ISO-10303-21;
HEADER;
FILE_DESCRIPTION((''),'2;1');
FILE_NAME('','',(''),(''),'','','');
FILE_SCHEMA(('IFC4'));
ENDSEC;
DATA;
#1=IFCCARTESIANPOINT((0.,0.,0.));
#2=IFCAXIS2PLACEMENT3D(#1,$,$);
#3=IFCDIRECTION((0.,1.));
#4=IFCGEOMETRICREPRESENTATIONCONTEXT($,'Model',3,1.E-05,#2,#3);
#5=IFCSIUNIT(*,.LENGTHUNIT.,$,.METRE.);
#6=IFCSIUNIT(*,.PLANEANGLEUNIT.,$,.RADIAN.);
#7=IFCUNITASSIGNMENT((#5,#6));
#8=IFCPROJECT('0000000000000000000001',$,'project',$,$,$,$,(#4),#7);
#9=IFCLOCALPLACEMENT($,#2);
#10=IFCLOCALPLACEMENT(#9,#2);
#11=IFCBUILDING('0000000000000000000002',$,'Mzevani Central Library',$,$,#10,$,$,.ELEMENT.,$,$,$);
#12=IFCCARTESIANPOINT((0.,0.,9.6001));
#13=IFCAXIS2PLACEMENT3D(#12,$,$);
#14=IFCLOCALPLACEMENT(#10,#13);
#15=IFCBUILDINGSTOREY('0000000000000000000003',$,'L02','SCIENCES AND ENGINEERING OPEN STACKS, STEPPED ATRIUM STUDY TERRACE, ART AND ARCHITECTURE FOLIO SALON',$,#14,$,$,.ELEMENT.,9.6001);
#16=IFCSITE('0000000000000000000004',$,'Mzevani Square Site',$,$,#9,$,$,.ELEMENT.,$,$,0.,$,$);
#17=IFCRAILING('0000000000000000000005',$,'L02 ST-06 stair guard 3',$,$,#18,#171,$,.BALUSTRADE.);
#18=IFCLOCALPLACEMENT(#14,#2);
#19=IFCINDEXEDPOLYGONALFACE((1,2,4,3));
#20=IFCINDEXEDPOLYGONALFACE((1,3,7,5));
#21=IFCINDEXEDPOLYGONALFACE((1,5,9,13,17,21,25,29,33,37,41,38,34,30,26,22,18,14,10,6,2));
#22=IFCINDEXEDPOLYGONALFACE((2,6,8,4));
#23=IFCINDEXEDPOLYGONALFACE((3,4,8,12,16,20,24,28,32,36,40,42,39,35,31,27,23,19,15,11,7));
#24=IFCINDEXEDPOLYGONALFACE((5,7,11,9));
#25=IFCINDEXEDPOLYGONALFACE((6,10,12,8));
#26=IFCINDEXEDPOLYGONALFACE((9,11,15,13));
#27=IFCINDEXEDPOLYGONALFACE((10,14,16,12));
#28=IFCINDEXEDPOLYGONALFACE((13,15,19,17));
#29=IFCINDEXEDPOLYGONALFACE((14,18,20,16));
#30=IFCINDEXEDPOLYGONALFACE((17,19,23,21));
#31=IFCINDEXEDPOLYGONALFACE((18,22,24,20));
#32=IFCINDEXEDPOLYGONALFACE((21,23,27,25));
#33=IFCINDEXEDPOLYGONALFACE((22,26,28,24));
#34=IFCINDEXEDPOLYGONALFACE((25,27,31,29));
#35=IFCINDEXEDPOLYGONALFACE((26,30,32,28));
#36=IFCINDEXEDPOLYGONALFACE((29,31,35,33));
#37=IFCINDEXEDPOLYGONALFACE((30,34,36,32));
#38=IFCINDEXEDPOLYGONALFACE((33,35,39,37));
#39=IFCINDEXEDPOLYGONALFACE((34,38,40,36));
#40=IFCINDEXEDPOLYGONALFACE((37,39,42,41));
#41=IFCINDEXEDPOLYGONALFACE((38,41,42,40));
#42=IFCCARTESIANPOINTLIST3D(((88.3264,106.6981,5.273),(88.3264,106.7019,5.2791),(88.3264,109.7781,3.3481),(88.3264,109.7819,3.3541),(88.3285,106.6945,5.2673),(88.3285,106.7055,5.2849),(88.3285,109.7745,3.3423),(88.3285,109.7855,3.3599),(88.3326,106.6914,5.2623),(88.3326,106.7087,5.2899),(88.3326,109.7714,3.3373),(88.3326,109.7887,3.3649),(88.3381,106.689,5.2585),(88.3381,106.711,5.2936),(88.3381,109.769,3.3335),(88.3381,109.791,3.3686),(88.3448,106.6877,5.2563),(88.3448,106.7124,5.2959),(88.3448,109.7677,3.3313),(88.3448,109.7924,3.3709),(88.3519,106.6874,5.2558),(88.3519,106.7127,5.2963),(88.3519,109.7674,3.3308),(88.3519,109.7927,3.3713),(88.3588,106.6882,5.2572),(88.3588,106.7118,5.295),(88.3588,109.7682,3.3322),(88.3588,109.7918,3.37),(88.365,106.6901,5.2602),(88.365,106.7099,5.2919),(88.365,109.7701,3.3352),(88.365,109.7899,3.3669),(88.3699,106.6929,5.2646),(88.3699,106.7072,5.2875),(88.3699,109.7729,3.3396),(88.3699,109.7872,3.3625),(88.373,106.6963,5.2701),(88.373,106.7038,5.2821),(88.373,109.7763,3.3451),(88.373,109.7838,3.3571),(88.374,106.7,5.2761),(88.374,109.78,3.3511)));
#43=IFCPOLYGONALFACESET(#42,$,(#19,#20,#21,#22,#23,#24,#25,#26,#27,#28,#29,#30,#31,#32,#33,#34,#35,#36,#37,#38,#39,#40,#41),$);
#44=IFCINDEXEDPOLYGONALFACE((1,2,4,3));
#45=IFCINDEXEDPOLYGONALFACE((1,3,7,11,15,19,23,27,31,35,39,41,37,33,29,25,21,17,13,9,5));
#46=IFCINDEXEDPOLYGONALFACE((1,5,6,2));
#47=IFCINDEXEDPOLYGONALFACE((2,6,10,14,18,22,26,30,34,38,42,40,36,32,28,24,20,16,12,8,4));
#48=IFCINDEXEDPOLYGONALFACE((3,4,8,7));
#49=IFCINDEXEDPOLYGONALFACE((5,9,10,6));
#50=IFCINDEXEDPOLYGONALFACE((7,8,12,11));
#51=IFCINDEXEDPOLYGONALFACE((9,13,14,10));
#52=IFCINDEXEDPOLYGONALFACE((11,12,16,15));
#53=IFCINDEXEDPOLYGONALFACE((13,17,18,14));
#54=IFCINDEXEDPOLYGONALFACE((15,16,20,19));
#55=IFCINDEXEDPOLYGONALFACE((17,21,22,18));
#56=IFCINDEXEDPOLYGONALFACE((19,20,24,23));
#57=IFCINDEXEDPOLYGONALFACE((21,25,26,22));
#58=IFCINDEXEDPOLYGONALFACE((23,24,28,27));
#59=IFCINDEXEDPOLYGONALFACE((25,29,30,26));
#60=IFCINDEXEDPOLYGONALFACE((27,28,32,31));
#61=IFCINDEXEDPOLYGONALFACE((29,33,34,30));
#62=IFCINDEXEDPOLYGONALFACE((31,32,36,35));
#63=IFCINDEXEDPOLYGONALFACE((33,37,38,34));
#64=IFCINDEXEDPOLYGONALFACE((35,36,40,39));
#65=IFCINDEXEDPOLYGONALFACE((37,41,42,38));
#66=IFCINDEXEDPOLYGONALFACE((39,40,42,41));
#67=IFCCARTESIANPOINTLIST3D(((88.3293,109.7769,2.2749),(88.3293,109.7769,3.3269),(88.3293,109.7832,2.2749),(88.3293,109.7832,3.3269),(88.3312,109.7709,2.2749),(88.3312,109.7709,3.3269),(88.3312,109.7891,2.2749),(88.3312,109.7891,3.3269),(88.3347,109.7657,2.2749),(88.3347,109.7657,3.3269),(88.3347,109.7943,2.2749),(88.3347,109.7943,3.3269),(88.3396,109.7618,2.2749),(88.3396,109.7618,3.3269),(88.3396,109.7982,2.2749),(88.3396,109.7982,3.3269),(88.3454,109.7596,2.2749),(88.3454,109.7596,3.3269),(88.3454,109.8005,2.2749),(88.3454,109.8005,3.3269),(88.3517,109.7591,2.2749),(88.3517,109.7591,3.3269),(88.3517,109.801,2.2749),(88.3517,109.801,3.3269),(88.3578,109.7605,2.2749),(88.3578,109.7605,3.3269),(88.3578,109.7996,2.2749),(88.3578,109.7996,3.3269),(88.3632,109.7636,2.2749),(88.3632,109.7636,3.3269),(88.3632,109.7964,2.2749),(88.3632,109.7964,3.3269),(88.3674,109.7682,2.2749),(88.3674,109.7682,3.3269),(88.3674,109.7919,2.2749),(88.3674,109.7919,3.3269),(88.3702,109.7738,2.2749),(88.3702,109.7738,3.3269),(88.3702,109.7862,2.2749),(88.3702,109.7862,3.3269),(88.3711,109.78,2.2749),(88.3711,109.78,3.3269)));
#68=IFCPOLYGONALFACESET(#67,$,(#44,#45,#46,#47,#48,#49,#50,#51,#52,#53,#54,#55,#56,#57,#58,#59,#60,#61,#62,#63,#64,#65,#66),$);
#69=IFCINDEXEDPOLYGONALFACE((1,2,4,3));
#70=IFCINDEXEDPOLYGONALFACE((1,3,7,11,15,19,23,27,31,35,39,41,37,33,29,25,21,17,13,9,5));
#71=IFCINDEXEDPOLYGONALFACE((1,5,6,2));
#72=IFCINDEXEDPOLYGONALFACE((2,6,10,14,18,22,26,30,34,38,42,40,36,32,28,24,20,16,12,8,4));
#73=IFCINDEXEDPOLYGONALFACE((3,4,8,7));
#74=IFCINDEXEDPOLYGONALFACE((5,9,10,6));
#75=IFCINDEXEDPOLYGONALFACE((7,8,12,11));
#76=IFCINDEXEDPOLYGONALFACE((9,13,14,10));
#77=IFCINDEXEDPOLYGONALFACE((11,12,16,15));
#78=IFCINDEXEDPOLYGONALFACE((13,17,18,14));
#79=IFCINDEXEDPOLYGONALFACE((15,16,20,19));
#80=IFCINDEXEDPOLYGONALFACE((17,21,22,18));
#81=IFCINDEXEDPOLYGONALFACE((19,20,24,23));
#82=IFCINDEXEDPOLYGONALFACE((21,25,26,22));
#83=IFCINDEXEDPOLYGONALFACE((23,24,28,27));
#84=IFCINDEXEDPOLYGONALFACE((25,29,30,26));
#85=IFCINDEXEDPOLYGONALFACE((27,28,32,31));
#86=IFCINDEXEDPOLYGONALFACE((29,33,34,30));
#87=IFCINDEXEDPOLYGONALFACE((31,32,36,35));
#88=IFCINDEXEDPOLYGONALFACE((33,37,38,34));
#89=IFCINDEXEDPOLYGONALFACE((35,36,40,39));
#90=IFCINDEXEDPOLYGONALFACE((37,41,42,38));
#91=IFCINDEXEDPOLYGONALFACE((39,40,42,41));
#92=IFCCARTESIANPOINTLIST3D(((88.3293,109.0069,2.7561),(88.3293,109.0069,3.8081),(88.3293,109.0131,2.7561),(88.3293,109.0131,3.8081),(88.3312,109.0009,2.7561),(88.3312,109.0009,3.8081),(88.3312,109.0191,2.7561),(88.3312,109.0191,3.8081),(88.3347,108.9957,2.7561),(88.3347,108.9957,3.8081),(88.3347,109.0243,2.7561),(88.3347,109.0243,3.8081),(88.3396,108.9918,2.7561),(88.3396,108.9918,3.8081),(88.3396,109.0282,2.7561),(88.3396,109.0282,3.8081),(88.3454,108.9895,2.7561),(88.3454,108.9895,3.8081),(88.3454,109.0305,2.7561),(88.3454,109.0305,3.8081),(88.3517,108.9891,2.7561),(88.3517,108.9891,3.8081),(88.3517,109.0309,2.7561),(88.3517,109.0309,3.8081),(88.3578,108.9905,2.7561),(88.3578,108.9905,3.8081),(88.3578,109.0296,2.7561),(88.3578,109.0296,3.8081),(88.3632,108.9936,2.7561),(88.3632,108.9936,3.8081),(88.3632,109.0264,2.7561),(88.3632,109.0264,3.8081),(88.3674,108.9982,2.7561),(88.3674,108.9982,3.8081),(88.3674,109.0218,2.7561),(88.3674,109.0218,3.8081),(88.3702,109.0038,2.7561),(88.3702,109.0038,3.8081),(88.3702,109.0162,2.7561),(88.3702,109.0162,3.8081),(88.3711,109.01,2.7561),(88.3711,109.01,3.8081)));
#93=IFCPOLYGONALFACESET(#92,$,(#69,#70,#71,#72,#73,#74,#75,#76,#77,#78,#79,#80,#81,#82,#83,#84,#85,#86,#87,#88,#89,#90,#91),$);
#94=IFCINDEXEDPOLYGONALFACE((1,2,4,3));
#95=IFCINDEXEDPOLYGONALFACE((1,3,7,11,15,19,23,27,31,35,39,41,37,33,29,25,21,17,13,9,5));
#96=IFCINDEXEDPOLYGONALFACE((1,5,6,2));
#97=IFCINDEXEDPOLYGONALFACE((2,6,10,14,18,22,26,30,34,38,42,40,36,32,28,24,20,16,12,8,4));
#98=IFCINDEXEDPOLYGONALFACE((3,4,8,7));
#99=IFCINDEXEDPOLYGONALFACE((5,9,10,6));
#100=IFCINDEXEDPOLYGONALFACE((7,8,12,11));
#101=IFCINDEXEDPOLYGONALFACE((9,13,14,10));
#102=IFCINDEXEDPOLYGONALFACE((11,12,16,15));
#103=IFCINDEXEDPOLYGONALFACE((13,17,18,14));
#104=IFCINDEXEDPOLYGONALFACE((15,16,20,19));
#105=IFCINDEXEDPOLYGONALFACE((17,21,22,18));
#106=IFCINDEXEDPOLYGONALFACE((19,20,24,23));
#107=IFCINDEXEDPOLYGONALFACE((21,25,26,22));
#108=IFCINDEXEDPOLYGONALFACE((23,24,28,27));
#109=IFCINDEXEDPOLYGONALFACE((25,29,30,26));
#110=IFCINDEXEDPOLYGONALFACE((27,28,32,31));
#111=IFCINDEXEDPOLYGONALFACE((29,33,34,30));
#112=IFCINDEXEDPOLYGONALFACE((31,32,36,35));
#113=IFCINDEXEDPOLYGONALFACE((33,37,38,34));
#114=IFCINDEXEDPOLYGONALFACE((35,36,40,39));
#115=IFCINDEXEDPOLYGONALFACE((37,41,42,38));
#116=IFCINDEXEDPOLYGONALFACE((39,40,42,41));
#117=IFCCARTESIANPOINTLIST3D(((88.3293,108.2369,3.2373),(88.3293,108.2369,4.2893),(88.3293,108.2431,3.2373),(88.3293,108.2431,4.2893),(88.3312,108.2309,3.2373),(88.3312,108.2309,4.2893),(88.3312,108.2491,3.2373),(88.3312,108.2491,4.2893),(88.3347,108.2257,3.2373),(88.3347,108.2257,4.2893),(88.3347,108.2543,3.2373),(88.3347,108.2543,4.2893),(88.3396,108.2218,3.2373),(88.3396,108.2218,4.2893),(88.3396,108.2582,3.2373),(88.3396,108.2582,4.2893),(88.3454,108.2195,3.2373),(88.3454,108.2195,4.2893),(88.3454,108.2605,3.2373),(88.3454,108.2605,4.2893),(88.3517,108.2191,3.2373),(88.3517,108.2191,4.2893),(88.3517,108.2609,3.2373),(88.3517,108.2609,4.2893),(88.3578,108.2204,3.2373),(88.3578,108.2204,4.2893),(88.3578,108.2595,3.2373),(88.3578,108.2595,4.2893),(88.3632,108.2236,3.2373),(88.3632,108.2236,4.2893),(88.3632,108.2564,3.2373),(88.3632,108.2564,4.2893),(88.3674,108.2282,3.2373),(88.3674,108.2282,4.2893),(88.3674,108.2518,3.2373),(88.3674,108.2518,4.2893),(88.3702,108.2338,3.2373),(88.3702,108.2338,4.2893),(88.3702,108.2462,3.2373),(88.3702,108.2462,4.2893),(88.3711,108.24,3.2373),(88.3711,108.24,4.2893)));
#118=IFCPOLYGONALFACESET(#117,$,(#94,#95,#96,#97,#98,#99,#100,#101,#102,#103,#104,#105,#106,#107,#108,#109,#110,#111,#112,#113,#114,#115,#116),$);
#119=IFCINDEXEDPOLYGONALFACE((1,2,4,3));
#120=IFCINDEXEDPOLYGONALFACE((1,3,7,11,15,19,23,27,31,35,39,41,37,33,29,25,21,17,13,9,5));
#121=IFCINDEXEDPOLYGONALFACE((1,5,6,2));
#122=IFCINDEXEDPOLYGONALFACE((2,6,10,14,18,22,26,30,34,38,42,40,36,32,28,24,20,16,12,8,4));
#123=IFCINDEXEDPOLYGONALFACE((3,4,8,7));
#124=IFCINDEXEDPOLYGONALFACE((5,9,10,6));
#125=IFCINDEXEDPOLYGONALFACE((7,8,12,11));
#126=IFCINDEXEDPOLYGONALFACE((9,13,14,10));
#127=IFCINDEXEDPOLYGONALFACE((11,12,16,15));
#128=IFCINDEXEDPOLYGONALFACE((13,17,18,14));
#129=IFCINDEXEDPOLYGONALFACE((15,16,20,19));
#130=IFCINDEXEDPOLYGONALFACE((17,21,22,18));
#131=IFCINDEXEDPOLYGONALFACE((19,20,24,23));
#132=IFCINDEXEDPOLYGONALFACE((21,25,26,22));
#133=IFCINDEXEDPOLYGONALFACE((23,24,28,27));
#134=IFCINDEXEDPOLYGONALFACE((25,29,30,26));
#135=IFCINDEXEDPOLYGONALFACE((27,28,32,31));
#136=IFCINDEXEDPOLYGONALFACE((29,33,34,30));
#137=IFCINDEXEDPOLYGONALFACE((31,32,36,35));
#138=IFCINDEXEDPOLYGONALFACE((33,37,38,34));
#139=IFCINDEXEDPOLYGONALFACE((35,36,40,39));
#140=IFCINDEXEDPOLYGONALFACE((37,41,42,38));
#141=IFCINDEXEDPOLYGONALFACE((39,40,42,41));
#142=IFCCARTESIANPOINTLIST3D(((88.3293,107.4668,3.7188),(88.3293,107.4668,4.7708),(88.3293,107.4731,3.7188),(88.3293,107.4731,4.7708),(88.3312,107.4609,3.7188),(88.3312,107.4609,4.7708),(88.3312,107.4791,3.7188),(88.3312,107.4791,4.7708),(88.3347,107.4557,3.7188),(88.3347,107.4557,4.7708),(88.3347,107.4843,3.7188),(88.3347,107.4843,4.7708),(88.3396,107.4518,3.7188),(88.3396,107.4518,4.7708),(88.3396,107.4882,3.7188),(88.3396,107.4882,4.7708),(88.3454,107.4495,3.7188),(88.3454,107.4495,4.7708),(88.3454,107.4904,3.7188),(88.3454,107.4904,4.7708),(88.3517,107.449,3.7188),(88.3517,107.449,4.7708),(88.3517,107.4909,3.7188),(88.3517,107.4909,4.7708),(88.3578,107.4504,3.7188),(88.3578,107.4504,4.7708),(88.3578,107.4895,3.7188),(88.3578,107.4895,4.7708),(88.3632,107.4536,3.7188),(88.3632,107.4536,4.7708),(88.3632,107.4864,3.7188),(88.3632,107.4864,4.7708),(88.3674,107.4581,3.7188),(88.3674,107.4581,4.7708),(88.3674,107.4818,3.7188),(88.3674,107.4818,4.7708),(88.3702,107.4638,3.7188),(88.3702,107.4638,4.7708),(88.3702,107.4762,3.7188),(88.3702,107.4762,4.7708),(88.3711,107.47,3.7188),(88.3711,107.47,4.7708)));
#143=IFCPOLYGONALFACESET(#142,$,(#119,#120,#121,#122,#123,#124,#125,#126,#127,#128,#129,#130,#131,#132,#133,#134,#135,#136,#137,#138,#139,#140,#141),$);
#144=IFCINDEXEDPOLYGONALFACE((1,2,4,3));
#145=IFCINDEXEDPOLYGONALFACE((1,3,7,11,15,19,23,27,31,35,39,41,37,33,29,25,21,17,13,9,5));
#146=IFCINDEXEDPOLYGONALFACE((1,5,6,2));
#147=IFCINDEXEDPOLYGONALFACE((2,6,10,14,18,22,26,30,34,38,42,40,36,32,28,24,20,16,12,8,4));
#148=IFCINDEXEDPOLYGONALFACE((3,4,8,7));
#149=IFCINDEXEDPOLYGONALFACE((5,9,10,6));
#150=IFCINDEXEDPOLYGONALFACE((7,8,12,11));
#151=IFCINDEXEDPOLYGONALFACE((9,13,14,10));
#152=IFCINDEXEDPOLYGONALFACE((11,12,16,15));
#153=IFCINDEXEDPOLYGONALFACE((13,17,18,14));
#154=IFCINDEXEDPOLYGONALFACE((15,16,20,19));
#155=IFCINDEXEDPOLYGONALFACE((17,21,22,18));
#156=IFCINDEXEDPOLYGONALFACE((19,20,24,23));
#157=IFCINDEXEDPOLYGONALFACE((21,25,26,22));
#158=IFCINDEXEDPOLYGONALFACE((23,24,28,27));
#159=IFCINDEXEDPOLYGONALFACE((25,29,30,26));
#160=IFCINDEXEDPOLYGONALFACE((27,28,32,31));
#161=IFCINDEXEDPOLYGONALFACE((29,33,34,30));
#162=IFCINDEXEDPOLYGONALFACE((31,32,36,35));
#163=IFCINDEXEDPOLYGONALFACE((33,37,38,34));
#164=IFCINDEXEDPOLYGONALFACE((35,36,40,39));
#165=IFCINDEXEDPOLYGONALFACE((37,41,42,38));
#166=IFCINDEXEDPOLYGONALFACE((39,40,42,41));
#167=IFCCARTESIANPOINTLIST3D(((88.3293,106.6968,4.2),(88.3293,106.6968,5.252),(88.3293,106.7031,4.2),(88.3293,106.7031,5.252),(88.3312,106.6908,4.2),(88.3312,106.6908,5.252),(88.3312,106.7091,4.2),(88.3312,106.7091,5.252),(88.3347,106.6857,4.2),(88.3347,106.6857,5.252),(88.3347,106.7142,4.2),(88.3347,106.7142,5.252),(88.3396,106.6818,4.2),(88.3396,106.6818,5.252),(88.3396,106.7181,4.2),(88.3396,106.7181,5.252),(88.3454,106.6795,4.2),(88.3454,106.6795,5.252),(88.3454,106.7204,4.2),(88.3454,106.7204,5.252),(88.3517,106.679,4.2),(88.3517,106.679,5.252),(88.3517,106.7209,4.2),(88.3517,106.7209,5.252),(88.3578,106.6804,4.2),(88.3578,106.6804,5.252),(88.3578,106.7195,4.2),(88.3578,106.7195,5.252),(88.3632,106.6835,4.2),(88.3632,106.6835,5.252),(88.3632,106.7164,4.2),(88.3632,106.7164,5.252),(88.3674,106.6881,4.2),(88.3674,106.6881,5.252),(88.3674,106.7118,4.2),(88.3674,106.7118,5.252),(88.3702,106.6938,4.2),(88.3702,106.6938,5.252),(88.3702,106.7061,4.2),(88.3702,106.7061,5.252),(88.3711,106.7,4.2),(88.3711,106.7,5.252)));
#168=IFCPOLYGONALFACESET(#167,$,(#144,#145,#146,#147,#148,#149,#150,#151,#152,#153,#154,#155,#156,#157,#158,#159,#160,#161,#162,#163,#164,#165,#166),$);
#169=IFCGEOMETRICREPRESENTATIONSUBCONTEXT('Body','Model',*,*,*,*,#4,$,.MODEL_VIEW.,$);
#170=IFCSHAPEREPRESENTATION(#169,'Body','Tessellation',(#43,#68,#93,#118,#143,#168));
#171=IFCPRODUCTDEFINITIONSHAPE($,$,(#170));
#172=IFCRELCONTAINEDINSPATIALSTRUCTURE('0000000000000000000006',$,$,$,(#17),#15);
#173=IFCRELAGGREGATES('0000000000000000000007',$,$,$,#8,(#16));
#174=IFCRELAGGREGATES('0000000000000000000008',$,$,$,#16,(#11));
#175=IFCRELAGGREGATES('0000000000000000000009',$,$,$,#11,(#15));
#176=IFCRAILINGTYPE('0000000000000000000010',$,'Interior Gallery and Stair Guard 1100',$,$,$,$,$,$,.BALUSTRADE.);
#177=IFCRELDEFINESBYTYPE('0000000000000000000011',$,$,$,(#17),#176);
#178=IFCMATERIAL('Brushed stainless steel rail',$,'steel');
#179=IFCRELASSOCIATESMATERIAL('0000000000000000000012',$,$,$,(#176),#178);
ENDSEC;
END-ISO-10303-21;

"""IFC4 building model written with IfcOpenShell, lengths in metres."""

from ifc_helpers import new_model, si_unit, direction, frame, origin, origin_2d, place, context, subcontext, project, spatial, circle, extrude, material, type_object, element, save


model = new_model("IFC4")

# Units and contexts
model_context = context("Model", 3, precision=1e-05, world=origin(), true_north=direction((0.0, 1.0)))
body_context = subcontext(model_context, "Body", "Model", "MODEL_VIEW")
ifc_project = project(units=[si_unit("LENGTHUNIT", "METRE"), si_unit("PLANEANGLEUNIT", "RADIAN")], contexts=[model_context])

# Site, building, storey
site_placement = place(None, origin())
site = spatial("IfcSite", under=ifc_project, at=site_placement, Name="Mzevani Square Site", CompositionType="ELEMENT", RefElevation=0.0)
building_placement = place(site_placement, origin())
building = spatial("IfcBuilding", under=site, at=building_placement, Name="Mzevani Central Library", CompositionType="ELEMENT")
storey_placement = place(building_placement, frame((0.0, 0.0, 9.6001)))
storey = spatial("IfcBuildingStorey", under=building, at=storey_placement, Name="L02", Description="SCIENCES AND ENGINEERING OPEN STACKS, STEPPED ATRIUM STUDY TERRACE, ART AND ARCHITECTURE FOLIO SALON", CompositionType="ELEMENT", Elevation=9.6001)

# Railing
ifc_material_1 = material(Name="Brushed stainless steel rail", Category="steel")
railing_type_1 = type_object("IfcRailingType", Name="Interior Gallery and Stair Guard 1100", PredefinedType="BALUSTRADE", material=ifc_material_1)
railing_1_placement = place(storey_placement, frame((88.3501, 109.78, 2.2749)))
element("IfcRailing", 1, at=railing_1_placement, inside=storey, type_object=railing_type_1, Name="L02 ST-06 stair guard 3", PredefinedType="BALUSTRADE", context=body_context, shape_type="SweptSolid", body=[
    extrude(circle(Radius=0.0239, at=origin_2d()), frame((0.0, 0.0, 1.0762), z_axis=(0.0, -0.847998, 0.529999), x_axis=(1.0, 0.0, 0.0)), (0.0, 0.0, 1.0), 3.6321),
    extrude(circle(Radius=0.021, at=origin_2d()), origin(), (0.0, 0.0, 1.0), 1.052),
    extrude(circle(Radius=0.021, at=origin_2d()), frame((0.0, -0.77, 0.4812)), (0.0, 0.0, 1.0), 1.052),
    extrude(circle(Radius=0.021, at=origin_2d()), frame((0.0, -1.54, 0.9624)), (0.0, 0.0, 1.0), 1.052),
    extrude(circle(Radius=0.021, at=origin_2d()), frame((0.0, -2.3101, 1.4438)), (0.0, 0.0, 1.0), 1.052),
    extrude(circle(Radius=0.021, at=origin_2d()), frame((0.0, -3.0801, 1.925)), (0.0, 0.0, 1.0), 1.052),
])

save(model, "model.ifc")
